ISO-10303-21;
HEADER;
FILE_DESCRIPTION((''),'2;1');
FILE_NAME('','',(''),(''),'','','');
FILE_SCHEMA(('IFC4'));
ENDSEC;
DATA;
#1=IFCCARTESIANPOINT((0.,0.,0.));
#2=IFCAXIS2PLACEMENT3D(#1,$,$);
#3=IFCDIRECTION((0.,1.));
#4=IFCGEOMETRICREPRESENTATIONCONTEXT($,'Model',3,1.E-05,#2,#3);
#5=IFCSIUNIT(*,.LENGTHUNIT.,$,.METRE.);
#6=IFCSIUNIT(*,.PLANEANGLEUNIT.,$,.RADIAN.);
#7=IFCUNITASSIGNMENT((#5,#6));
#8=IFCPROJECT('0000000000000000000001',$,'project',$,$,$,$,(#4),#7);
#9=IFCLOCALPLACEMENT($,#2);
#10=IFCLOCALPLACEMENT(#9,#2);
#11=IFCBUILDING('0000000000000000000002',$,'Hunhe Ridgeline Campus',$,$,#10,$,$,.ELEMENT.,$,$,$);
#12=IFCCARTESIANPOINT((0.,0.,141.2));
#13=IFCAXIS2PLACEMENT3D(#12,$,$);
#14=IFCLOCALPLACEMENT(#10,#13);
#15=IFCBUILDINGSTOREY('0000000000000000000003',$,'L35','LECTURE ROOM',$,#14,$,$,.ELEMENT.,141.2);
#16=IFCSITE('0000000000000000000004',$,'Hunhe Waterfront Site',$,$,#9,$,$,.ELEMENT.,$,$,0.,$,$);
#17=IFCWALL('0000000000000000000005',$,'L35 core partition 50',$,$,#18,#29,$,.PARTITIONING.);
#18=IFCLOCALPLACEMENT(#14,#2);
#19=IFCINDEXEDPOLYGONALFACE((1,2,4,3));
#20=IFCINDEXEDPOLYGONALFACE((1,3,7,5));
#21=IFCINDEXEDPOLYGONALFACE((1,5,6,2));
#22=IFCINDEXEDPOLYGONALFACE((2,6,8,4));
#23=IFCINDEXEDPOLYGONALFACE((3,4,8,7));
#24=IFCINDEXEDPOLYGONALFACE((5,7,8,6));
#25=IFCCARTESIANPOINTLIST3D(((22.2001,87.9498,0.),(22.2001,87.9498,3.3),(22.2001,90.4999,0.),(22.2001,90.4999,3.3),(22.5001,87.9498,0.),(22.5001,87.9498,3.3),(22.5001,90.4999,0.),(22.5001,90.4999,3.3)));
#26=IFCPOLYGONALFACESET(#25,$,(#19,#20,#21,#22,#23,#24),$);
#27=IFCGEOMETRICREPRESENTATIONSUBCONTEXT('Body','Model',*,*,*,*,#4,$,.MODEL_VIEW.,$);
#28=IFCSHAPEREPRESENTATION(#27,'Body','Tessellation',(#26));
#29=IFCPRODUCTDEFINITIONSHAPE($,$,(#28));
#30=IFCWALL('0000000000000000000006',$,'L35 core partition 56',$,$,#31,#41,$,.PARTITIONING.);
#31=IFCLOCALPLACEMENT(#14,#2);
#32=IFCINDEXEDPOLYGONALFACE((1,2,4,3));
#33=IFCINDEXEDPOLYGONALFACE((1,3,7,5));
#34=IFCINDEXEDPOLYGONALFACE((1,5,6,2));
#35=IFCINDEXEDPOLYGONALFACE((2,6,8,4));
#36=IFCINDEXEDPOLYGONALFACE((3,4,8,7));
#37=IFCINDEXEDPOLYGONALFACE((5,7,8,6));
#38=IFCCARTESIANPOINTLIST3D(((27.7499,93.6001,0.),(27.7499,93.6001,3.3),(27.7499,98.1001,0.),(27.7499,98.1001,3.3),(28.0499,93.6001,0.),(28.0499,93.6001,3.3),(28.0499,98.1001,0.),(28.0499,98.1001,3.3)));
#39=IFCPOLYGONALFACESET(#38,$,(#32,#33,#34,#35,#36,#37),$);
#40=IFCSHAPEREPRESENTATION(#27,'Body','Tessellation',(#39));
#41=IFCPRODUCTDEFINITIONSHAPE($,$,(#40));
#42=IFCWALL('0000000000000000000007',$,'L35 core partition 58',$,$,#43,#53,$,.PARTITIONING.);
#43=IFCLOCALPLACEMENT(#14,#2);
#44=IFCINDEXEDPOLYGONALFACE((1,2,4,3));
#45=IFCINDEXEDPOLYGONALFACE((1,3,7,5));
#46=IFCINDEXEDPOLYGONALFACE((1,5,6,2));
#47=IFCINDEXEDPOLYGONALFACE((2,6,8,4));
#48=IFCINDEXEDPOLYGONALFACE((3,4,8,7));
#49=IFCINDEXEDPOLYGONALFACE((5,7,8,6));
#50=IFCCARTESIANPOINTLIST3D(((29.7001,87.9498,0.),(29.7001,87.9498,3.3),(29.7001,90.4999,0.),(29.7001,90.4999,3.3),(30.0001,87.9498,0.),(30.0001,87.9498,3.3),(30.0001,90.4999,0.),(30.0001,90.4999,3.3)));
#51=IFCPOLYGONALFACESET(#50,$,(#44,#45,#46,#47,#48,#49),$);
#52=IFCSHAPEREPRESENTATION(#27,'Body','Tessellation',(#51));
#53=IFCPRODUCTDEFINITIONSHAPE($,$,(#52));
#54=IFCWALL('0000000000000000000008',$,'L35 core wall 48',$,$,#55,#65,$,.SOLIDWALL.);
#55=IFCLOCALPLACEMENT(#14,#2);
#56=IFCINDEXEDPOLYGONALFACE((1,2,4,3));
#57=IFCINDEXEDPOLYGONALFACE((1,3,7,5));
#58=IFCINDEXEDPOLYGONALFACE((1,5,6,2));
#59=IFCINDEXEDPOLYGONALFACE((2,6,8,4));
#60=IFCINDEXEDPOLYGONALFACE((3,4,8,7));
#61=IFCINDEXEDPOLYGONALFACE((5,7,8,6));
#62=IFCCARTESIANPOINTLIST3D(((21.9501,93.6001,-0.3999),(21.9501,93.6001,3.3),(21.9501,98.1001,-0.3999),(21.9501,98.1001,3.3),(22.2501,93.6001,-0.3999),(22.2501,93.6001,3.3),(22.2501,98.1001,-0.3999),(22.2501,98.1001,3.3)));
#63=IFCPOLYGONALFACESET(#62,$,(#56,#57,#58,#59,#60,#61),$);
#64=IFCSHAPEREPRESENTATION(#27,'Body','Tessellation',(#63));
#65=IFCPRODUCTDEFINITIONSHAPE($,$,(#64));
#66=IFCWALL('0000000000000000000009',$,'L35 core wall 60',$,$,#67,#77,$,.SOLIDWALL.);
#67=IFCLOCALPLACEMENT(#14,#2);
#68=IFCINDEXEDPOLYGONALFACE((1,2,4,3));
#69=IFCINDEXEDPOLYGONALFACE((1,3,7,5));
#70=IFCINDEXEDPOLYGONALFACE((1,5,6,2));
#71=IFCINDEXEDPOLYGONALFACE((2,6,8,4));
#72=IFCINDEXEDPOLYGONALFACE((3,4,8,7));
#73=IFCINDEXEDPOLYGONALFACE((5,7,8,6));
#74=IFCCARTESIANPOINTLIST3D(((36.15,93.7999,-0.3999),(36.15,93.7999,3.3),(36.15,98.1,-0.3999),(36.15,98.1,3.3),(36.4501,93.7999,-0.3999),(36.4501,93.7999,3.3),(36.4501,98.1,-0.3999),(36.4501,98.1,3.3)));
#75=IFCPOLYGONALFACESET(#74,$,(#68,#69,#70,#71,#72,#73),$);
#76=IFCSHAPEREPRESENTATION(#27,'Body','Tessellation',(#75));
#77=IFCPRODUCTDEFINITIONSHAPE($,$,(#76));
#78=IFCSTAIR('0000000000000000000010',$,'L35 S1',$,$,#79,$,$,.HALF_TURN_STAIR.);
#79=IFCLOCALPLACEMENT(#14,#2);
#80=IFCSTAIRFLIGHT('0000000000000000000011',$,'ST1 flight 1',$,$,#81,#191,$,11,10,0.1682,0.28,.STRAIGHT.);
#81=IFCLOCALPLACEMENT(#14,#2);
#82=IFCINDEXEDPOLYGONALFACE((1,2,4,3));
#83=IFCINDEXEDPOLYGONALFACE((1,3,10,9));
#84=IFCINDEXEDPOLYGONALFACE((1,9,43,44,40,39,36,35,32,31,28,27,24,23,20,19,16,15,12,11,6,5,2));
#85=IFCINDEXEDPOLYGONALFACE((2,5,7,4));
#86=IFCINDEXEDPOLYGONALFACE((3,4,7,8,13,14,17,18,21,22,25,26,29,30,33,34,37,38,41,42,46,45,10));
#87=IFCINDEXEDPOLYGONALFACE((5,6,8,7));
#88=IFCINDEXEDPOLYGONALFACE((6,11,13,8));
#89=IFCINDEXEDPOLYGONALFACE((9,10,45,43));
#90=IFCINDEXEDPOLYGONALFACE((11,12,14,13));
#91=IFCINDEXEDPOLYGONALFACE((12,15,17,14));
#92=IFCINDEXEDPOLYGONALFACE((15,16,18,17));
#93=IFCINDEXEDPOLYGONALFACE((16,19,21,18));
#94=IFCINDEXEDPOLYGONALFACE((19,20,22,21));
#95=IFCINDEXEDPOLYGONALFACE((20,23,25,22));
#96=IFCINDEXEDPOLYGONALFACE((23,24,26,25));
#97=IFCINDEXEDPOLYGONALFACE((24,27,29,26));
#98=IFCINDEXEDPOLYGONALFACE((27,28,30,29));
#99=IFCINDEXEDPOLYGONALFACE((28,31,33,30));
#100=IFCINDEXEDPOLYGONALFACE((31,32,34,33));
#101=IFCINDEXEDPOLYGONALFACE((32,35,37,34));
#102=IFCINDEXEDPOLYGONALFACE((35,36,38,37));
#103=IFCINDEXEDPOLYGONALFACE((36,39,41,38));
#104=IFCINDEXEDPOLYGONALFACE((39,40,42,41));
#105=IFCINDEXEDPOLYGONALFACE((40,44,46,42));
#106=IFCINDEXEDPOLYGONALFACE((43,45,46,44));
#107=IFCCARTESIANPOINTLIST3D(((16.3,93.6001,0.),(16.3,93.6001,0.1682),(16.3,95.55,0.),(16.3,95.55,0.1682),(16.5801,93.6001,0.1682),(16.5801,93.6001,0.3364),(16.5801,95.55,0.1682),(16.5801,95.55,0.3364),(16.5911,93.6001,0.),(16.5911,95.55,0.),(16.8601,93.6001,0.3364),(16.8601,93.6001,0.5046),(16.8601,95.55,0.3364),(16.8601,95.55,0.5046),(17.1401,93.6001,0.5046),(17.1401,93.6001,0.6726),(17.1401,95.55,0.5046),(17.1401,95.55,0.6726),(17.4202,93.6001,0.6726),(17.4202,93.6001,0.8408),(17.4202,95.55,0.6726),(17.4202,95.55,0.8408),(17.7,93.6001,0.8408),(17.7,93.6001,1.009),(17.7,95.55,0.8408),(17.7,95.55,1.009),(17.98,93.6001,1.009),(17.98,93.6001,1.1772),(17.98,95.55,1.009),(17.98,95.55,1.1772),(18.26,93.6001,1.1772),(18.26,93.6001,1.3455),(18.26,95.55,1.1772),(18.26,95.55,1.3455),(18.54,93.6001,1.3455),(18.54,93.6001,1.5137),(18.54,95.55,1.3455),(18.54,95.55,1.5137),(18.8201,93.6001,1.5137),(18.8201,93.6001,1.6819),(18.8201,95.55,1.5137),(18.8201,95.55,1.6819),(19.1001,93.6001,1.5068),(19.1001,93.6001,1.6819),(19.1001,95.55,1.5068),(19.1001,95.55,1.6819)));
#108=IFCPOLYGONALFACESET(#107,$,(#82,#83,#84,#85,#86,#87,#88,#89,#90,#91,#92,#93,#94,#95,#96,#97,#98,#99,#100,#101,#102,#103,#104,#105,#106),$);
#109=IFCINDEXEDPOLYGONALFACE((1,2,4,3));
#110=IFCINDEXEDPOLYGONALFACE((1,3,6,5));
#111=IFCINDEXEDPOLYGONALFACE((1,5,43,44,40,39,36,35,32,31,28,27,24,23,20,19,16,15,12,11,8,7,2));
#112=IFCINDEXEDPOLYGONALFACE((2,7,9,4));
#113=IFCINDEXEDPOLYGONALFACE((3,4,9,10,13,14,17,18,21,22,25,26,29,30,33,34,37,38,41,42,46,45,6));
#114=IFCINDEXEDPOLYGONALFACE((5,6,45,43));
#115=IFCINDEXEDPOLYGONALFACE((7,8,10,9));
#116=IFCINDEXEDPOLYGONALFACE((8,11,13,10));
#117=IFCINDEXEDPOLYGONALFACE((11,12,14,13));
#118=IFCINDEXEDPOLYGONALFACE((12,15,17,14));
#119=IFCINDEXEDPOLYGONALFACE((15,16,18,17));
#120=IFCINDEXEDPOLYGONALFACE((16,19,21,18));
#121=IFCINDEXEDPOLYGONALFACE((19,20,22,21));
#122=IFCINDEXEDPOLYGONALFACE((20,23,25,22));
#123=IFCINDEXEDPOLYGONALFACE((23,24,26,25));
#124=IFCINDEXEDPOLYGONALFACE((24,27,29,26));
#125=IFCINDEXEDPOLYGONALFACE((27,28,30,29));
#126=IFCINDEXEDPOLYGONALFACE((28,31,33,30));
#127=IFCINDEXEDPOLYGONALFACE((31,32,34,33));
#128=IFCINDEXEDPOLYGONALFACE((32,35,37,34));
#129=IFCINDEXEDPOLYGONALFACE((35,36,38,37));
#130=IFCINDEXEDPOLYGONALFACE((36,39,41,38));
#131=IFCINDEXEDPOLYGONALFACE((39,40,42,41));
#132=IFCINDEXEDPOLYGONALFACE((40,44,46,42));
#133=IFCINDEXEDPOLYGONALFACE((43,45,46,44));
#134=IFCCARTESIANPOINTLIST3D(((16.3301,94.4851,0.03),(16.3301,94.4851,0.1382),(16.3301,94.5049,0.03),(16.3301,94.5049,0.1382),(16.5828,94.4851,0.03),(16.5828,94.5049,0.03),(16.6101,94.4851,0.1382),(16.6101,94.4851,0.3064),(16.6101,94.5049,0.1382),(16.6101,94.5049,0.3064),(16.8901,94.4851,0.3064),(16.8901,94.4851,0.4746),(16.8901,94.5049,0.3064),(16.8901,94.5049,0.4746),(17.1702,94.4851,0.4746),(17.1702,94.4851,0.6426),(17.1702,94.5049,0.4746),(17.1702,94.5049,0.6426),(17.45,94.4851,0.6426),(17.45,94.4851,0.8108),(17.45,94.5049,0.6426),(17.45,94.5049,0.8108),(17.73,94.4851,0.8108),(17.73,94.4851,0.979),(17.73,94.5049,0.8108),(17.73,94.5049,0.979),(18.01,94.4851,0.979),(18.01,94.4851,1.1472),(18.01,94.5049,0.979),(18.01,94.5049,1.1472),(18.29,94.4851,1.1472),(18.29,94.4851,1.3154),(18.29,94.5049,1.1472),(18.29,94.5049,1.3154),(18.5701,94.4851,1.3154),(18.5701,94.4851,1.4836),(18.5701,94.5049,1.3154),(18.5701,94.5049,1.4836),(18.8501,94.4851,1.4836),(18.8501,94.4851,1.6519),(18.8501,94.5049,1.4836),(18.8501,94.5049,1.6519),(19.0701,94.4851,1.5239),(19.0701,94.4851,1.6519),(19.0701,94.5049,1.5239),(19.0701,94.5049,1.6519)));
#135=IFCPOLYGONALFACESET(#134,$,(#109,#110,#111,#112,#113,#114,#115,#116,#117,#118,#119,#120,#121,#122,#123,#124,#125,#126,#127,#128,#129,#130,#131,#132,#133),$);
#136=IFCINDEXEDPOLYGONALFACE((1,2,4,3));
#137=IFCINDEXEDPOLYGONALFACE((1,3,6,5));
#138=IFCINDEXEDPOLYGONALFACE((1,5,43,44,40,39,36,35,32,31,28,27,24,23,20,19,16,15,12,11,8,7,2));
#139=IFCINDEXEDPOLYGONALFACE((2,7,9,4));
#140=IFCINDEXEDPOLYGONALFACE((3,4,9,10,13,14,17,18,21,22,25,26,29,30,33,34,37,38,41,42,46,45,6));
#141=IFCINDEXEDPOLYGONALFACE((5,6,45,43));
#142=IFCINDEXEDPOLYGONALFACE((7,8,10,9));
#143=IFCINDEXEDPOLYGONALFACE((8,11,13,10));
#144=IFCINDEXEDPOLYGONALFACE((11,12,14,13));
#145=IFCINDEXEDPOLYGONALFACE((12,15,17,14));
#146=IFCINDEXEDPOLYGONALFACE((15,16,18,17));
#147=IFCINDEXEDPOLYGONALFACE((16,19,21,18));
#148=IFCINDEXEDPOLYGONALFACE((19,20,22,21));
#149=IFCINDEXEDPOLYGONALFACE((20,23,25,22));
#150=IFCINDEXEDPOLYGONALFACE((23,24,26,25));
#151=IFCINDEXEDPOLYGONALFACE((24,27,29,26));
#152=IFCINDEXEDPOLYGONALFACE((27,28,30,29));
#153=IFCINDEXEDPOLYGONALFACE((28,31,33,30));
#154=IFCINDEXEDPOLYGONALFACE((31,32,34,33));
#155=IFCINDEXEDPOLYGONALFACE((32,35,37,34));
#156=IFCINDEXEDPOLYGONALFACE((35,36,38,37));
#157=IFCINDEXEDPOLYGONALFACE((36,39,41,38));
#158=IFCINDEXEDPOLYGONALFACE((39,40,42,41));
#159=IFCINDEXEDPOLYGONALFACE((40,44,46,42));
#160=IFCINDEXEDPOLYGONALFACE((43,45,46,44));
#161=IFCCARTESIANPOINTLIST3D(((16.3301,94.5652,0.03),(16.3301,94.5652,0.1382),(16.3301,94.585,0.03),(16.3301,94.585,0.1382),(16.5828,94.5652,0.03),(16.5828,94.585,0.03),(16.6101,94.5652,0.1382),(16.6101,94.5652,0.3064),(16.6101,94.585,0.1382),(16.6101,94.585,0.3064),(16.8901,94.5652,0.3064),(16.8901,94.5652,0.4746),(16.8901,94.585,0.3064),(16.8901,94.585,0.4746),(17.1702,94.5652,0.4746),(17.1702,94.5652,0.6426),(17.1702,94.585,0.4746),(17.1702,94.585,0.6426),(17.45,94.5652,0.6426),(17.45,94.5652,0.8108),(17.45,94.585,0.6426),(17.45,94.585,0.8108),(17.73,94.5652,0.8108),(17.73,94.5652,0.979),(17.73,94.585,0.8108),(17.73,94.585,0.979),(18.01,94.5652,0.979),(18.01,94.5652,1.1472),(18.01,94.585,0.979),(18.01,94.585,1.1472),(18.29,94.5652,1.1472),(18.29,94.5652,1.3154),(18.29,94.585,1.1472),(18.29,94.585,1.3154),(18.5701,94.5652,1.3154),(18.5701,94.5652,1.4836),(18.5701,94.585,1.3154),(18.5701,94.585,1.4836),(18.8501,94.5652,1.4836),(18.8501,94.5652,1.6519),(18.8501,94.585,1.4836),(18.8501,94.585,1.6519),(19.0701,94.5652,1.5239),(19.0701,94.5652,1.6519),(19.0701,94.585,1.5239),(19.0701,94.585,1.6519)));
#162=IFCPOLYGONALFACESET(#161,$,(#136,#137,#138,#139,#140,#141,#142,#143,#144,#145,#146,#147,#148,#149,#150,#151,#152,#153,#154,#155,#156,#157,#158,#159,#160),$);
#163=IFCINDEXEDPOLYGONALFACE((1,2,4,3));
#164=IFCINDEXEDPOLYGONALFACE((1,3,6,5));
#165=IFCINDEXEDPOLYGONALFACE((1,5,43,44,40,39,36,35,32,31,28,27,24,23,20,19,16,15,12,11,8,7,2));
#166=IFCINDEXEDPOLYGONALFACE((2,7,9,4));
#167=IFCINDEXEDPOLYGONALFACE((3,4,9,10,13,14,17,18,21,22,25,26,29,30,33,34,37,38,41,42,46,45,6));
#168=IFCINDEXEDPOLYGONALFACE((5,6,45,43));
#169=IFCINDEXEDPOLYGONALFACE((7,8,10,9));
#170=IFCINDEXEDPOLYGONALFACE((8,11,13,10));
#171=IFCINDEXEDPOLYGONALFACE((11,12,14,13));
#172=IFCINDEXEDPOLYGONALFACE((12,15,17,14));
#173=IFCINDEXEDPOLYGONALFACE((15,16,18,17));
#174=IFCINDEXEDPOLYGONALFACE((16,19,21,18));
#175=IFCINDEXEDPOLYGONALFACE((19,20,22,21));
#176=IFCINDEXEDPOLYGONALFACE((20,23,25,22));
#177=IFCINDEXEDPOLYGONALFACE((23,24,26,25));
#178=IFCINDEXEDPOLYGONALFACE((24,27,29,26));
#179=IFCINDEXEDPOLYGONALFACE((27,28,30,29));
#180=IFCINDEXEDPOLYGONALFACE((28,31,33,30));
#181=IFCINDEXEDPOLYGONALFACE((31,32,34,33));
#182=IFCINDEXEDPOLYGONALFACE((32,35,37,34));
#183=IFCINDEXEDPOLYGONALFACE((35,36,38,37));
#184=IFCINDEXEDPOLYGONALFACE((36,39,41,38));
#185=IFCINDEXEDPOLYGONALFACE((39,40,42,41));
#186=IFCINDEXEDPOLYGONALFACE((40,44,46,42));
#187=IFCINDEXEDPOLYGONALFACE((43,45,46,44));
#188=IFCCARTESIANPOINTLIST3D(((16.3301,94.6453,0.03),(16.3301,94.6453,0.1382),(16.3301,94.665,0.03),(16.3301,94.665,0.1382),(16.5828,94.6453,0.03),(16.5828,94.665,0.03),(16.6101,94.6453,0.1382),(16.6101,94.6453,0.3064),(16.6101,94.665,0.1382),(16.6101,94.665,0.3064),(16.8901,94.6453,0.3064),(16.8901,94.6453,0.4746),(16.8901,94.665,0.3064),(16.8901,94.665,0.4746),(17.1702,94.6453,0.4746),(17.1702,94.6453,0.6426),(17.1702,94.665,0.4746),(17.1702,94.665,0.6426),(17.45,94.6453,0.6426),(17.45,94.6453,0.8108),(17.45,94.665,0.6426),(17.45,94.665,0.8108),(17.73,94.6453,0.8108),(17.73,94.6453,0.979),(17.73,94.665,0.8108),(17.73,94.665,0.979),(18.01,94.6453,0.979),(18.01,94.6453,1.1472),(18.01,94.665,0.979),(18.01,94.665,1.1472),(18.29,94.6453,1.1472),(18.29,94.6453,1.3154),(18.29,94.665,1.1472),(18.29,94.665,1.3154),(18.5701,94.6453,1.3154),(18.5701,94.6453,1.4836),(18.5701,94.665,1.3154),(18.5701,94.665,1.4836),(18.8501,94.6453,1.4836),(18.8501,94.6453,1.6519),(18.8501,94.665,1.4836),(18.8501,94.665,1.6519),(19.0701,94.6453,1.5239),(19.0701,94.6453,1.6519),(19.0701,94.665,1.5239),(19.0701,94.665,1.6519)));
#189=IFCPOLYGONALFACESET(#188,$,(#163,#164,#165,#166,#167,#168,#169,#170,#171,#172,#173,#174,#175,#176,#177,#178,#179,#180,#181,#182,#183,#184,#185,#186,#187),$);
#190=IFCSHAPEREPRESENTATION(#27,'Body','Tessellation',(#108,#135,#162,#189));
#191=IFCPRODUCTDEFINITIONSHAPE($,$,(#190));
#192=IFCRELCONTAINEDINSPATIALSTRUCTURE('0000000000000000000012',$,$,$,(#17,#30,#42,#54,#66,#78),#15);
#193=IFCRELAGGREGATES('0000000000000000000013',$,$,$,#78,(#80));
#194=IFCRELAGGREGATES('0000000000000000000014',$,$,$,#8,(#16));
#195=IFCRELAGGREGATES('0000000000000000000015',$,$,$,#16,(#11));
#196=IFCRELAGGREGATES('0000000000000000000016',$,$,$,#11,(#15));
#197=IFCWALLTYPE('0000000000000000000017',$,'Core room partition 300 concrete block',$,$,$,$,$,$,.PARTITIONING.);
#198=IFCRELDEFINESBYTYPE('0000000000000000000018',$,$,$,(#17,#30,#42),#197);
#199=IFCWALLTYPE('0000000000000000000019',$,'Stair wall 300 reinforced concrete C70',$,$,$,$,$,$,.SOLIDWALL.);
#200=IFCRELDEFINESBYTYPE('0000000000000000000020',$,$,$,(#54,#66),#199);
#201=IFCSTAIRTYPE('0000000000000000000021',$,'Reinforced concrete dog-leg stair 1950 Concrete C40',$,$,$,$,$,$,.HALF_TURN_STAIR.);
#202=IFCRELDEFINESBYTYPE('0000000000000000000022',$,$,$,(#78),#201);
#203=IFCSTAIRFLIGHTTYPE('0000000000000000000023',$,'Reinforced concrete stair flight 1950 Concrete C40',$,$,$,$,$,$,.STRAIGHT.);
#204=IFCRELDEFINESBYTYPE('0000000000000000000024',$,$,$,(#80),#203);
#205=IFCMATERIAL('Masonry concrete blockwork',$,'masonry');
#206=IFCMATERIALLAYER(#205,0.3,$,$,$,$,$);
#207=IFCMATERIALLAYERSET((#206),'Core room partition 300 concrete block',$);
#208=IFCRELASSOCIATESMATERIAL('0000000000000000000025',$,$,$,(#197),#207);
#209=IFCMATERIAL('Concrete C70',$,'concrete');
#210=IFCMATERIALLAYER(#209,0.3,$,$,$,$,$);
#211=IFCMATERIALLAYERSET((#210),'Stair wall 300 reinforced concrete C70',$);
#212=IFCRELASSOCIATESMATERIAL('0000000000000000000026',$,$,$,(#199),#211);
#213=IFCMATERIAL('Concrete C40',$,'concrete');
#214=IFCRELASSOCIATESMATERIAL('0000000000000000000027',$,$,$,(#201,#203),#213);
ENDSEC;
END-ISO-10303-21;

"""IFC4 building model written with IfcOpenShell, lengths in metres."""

from ifc_helpers import new_model, si_unit, direction, frame, frame_2d, origin, place, context, subcontext, project, spatial, polyline, rectangle, outline, extrude, material, layer, layer_set, type_object, element, aggregate, save


model = new_model("IFC4")

# Units and contexts
model_context = context("Model", 3, precision=1e-05, world=origin(), true_north=direction((0.0, 1.0)))
body_context = subcontext(model_context, "Body", "Model", "MODEL_VIEW")
ifc_project = project(units=[si_unit("LENGTHUNIT", "METRE"), si_unit("PLANEANGLEUNIT", "RADIAN")], contexts=[model_context])

# Site, building, storey
site_placement = place(None, origin())
site = spatial("IfcSite", under=ifc_project, at=site_placement, Name="Hunhe Waterfront Site", CompositionType="ELEMENT", RefElevation=0.0)
building_placement = place(site_placement, origin())
building = spatial("IfcBuilding", under=site, at=building_placement, Name="Hunhe Ridgeline Campus", CompositionType="ELEMENT")
storey_placement = place(building_placement, frame((0.0, 0.0, 141.2)))
storey = spatial("IfcBuildingStorey", under=building, at=storey_placement, Name="L35", Description="LECTURE ROOM", CompositionType="ELEMENT", Elevation=141.2)

# Walls
ifc_material_1 = material(Name="Masonry concrete blockwork", Category="masonry")
ifc_layer_1 = layer(ifc_material_1, 0.3)
ifc_layer_set_1 = layer_set([ifc_layer_1], Name="Core room partition 300 concrete block")
wall_type_1 = type_object("IfcWallType", Name="Core room partition 300 concrete block", PredefinedType="PARTITIONING", material=ifc_layer_set_1)
wall_1_placement = place(storey_placement, frame((22.3501, 87.95, 0.0), z_axis=(0.0, 0.0, 1.0), x_axis=(0.0, 1.0, 0.0)))
element("IfcWall", 1, at=wall_1_placement, inside=storey, type_object=wall_type_1, Name="L35 core partition 50", PredefinedType="PARTITIONING", context=body_context, shape_type="SweptSolid", body=[
    extrude(rectangle(XDim=2.55, YDim=0.3, at=frame_2d((1.2749, 0.0))), origin(), (0.0, 0.0, 1.0), 3.3),
])
wall_2_placement = place(storey_placement, frame((27.8999, 93.6001, 0.0), z_axis=(0.0, 0.0, 1.0), x_axis=(0.0, 1.0, 0.0)))
element("IfcWall", 2, at=wall_2_placement, inside=storey, type_object=wall_type_1, Name="L35 core partition 56", PredefinedType="PARTITIONING", context=body_context, shape_type="SweptSolid", body=[
    extrude(rectangle(XDim=4.5, YDim=0.3, at=frame_2d((2.25, 0.0))), origin(), (0.0, 0.0, 1.0), 3.3),
])
wall_3_placement = place(storey_placement, frame((29.8501, 87.95, 0.0), z_axis=(0.0, 0.0, 1.0), x_axis=(0.0, 1.0, 0.0)))
element("IfcWall", 3, at=wall_3_placement, inside=storey, type_object=wall_type_1, Name="L35 core partition 58", PredefinedType="PARTITIONING", context=body_context, shape_type="SweptSolid", body=[
    extrude(rectangle(XDim=2.55, YDim=0.3, at=frame_2d((1.2749, 0.0))), origin(), (0.0, 0.0, 1.0), 3.3),
])

# Shared definitions
ifc_material_2 = material(Name="Concrete C70", Category="concrete")
ifc_layer_2 = layer(ifc_material_2, 0.3)
ifc_layer_set_2 = layer_set([ifc_layer_2], Name="Stair wall 300 reinforced concrete C70")
wall_type_2 = type_object("IfcWallType", Name="Stair wall 300 reinforced concrete C70", PredefinedType="SOLIDWALL", material=ifc_layer_set_2)

# Walls
wall_4_placement = place(storey_placement, frame((22.1001, 93.6001, -0.3999), z_axis=(0.0, 0.0, 1.0), x_axis=(0.0, 1.0, 0.0)))
element("IfcWall", 4, at=wall_4_placement, inside=storey, type_object=wall_type_2, Name="L35 core wall 48", PredefinedType="SOLIDWALL", context=body_context, shape_type="SweptSolid", body=[
    extrude(rectangle(XDim=4.5, YDim=0.3, at=frame_2d((2.25, 0.0))), origin(), (0.0, 0.0, 1.0), 3.7),
])
wall_5_placement = place(storey_placement, frame((36.3, 93.8, -0.3999), z_axis=(0.0, 0.0, 1.0), x_axis=(0.0, 1.0, 0.0)))
element("IfcWall", 5, at=wall_5_placement, inside=storey, type_object=wall_type_2, Name="L35 core wall 60", PredefinedType="SOLIDWALL", context=body_context, shape_type="SweptSolid", body=[
    extrude(rectangle(XDim=4.3, YDim=0.3, at=frame_2d((2.1499, 0.0))), origin(), (0.0, 0.0, 1.0), 3.7),
])

# Stair, stair flight
ifc_material_3 = material(Name="Concrete C40", Category="concrete")
stair_type = type_object("IfcStairType", Name="Reinforced concrete dog-leg stair 1950 Concrete C40", PredefinedType="HALF_TURN_STAIR", material=ifc_material_3)
stair_1_placement = place(storey_placement, origin())
stair_1 = element("IfcStair", 6, at=stair_1_placement, inside=storey, type_object=stair_type, Name="L35 S1", PredefinedType="HALF_TURN_STAIR")
stair_flight_type = type_object("IfcStairFlightType", Name="Reinforced concrete stair flight 1950 Concrete C40", PredefinedType="STRAIGHT", material=ifc_material_3)
stair_flight_1_placement = place(storey_placement, frame((16.3, 94.575, 0.0), z_axis=(0.0, 0.0, 1.0), x_axis=(1.0, 0.0, 0.0)))
stair_flight_1 = element("IfcStairFlight", 7, at=stair_flight_1_placement, type_object=stair_flight_type, Name="ST1 flight 1", NumberOfRisers=11, NumberOfTreads=10, PredefinedType="STRAIGHT", RiserHeight=0.1682, TreadLength=0.28, context=body_context, shape_type="SweptSolid", body=[
    extrude(outline(polyline([(0.0, 0.0), (0.0, 0.1682), (0.28, 0.1682), (0.28, 0.3364), (0.5601, 0.3364), (0.5601, 0.5046), (0.8401, 0.5046), (0.8401, 0.6726), (1.1201, 0.6726), (1.1201, 0.8408), (1.3999, 0.8408), (1.3999, 1.009), (1.6799, 1.009), (1.6799, 1.1772), (1.96, 1.1772), (1.96, 1.3455), (2.24, 1.3455), (2.24, 1.5137), (2.52, 1.5137), (2.52, 1.6819), (2.8, 1.6819), (2.8, 1.8501), (2.8, 1.5068), (0.291, 0.0), (0.0, 0.0)])), frame((0.0, 0.9751, 0.0), z_axis=(0.0, -1.0, 0.0), x_axis=(1.0, 0.0, 0.0)), (0.0, 0.0, 1.0), 1.95),
    extrude(outline(polyline([(0.03, 0.03), (0.03, 0.1382), (0.3101, 0.1382), (0.3101, 0.3064), (0.5901, 0.3064), (0.5901, 0.4746), (0.8701, 0.4746), (0.8701, 0.6426), (1.1499, 0.6426), (1.1499, 0.8108), (1.4299, 0.8108), (1.4299, 0.979), (1.71, 0.979), (1.71, 1.1472), (1.99, 1.1472), (1.99, 1.3154), (2.27, 1.3154), (2.27, 1.4836), (2.55, 1.4836), (2.55, 1.6519), (2.77, 1.6519), (2.77, 1.5239), (0.2827, 0.03), (0.03, 0.03)])), frame((0.0, -0.0701, 0.0), z_axis=(0.0, -1.0, 0.0), x_axis=(1.0, 0.0, 0.0)), (0.0, 0.0, 1.0), 0.0198),
    extrude(outline(polyline([(0.03, 0.03), (0.03, 0.1382), (0.3101, 0.1382), (0.3101, 0.3064), (0.5901, 0.3064), (0.5901, 0.4746), (0.8701, 0.4746), (0.8701, 0.6426), (1.1499, 0.6426), (1.1499, 0.8108), (1.4299, 0.8108), (1.4299, 0.979), (1.71, 0.979), (1.71, 1.1472), (1.99, 1.1472), (1.99, 1.3154), (2.27, 1.3154), (2.27, 1.4836), (2.55, 1.4836), (2.55, 1.6519), (2.77, 1.6519), (2.77, 1.5239), (0.2827, 0.03), (0.03, 0.03)])), frame((0.0, 0.01, 0.0), z_axis=(0.0, -1.0, 0.0), x_axis=(1.0, 0.0, 0.0)), (0.0, 0.0, 1.0), 0.0198),
    extrude(outline(polyline([(0.03, 0.03), (0.03, 0.1382), (0.3101, 0.1382), (0.3101, 0.3064), (0.5901, 0.3064), (0.5901, 0.4746), (0.8701, 0.4746), (0.8701, 0.6426), (1.1499, 0.6426), (1.1499, 0.8108), (1.4299, 0.8108), (1.4299, 0.979), (1.71, 0.979), (1.71, 1.1472), (1.99, 1.1472), (1.99, 1.3154), (2.27, 1.3154), (2.27, 1.4836), (2.55, 1.4836), (2.55, 1.6519), (2.77, 1.6519), (2.77, 1.5239), (0.2827, 0.03), (0.03, 0.03)])), frame((0.0, 0.0901, 0.0), z_axis=(0.0, -1.0, 0.0), x_axis=(1.0, 0.0, 0.0)), (0.0, 0.0, 1.0), 0.0198),
])
aggregate(stair_1, [stair_flight_1])

save(model, "model.ifc")
